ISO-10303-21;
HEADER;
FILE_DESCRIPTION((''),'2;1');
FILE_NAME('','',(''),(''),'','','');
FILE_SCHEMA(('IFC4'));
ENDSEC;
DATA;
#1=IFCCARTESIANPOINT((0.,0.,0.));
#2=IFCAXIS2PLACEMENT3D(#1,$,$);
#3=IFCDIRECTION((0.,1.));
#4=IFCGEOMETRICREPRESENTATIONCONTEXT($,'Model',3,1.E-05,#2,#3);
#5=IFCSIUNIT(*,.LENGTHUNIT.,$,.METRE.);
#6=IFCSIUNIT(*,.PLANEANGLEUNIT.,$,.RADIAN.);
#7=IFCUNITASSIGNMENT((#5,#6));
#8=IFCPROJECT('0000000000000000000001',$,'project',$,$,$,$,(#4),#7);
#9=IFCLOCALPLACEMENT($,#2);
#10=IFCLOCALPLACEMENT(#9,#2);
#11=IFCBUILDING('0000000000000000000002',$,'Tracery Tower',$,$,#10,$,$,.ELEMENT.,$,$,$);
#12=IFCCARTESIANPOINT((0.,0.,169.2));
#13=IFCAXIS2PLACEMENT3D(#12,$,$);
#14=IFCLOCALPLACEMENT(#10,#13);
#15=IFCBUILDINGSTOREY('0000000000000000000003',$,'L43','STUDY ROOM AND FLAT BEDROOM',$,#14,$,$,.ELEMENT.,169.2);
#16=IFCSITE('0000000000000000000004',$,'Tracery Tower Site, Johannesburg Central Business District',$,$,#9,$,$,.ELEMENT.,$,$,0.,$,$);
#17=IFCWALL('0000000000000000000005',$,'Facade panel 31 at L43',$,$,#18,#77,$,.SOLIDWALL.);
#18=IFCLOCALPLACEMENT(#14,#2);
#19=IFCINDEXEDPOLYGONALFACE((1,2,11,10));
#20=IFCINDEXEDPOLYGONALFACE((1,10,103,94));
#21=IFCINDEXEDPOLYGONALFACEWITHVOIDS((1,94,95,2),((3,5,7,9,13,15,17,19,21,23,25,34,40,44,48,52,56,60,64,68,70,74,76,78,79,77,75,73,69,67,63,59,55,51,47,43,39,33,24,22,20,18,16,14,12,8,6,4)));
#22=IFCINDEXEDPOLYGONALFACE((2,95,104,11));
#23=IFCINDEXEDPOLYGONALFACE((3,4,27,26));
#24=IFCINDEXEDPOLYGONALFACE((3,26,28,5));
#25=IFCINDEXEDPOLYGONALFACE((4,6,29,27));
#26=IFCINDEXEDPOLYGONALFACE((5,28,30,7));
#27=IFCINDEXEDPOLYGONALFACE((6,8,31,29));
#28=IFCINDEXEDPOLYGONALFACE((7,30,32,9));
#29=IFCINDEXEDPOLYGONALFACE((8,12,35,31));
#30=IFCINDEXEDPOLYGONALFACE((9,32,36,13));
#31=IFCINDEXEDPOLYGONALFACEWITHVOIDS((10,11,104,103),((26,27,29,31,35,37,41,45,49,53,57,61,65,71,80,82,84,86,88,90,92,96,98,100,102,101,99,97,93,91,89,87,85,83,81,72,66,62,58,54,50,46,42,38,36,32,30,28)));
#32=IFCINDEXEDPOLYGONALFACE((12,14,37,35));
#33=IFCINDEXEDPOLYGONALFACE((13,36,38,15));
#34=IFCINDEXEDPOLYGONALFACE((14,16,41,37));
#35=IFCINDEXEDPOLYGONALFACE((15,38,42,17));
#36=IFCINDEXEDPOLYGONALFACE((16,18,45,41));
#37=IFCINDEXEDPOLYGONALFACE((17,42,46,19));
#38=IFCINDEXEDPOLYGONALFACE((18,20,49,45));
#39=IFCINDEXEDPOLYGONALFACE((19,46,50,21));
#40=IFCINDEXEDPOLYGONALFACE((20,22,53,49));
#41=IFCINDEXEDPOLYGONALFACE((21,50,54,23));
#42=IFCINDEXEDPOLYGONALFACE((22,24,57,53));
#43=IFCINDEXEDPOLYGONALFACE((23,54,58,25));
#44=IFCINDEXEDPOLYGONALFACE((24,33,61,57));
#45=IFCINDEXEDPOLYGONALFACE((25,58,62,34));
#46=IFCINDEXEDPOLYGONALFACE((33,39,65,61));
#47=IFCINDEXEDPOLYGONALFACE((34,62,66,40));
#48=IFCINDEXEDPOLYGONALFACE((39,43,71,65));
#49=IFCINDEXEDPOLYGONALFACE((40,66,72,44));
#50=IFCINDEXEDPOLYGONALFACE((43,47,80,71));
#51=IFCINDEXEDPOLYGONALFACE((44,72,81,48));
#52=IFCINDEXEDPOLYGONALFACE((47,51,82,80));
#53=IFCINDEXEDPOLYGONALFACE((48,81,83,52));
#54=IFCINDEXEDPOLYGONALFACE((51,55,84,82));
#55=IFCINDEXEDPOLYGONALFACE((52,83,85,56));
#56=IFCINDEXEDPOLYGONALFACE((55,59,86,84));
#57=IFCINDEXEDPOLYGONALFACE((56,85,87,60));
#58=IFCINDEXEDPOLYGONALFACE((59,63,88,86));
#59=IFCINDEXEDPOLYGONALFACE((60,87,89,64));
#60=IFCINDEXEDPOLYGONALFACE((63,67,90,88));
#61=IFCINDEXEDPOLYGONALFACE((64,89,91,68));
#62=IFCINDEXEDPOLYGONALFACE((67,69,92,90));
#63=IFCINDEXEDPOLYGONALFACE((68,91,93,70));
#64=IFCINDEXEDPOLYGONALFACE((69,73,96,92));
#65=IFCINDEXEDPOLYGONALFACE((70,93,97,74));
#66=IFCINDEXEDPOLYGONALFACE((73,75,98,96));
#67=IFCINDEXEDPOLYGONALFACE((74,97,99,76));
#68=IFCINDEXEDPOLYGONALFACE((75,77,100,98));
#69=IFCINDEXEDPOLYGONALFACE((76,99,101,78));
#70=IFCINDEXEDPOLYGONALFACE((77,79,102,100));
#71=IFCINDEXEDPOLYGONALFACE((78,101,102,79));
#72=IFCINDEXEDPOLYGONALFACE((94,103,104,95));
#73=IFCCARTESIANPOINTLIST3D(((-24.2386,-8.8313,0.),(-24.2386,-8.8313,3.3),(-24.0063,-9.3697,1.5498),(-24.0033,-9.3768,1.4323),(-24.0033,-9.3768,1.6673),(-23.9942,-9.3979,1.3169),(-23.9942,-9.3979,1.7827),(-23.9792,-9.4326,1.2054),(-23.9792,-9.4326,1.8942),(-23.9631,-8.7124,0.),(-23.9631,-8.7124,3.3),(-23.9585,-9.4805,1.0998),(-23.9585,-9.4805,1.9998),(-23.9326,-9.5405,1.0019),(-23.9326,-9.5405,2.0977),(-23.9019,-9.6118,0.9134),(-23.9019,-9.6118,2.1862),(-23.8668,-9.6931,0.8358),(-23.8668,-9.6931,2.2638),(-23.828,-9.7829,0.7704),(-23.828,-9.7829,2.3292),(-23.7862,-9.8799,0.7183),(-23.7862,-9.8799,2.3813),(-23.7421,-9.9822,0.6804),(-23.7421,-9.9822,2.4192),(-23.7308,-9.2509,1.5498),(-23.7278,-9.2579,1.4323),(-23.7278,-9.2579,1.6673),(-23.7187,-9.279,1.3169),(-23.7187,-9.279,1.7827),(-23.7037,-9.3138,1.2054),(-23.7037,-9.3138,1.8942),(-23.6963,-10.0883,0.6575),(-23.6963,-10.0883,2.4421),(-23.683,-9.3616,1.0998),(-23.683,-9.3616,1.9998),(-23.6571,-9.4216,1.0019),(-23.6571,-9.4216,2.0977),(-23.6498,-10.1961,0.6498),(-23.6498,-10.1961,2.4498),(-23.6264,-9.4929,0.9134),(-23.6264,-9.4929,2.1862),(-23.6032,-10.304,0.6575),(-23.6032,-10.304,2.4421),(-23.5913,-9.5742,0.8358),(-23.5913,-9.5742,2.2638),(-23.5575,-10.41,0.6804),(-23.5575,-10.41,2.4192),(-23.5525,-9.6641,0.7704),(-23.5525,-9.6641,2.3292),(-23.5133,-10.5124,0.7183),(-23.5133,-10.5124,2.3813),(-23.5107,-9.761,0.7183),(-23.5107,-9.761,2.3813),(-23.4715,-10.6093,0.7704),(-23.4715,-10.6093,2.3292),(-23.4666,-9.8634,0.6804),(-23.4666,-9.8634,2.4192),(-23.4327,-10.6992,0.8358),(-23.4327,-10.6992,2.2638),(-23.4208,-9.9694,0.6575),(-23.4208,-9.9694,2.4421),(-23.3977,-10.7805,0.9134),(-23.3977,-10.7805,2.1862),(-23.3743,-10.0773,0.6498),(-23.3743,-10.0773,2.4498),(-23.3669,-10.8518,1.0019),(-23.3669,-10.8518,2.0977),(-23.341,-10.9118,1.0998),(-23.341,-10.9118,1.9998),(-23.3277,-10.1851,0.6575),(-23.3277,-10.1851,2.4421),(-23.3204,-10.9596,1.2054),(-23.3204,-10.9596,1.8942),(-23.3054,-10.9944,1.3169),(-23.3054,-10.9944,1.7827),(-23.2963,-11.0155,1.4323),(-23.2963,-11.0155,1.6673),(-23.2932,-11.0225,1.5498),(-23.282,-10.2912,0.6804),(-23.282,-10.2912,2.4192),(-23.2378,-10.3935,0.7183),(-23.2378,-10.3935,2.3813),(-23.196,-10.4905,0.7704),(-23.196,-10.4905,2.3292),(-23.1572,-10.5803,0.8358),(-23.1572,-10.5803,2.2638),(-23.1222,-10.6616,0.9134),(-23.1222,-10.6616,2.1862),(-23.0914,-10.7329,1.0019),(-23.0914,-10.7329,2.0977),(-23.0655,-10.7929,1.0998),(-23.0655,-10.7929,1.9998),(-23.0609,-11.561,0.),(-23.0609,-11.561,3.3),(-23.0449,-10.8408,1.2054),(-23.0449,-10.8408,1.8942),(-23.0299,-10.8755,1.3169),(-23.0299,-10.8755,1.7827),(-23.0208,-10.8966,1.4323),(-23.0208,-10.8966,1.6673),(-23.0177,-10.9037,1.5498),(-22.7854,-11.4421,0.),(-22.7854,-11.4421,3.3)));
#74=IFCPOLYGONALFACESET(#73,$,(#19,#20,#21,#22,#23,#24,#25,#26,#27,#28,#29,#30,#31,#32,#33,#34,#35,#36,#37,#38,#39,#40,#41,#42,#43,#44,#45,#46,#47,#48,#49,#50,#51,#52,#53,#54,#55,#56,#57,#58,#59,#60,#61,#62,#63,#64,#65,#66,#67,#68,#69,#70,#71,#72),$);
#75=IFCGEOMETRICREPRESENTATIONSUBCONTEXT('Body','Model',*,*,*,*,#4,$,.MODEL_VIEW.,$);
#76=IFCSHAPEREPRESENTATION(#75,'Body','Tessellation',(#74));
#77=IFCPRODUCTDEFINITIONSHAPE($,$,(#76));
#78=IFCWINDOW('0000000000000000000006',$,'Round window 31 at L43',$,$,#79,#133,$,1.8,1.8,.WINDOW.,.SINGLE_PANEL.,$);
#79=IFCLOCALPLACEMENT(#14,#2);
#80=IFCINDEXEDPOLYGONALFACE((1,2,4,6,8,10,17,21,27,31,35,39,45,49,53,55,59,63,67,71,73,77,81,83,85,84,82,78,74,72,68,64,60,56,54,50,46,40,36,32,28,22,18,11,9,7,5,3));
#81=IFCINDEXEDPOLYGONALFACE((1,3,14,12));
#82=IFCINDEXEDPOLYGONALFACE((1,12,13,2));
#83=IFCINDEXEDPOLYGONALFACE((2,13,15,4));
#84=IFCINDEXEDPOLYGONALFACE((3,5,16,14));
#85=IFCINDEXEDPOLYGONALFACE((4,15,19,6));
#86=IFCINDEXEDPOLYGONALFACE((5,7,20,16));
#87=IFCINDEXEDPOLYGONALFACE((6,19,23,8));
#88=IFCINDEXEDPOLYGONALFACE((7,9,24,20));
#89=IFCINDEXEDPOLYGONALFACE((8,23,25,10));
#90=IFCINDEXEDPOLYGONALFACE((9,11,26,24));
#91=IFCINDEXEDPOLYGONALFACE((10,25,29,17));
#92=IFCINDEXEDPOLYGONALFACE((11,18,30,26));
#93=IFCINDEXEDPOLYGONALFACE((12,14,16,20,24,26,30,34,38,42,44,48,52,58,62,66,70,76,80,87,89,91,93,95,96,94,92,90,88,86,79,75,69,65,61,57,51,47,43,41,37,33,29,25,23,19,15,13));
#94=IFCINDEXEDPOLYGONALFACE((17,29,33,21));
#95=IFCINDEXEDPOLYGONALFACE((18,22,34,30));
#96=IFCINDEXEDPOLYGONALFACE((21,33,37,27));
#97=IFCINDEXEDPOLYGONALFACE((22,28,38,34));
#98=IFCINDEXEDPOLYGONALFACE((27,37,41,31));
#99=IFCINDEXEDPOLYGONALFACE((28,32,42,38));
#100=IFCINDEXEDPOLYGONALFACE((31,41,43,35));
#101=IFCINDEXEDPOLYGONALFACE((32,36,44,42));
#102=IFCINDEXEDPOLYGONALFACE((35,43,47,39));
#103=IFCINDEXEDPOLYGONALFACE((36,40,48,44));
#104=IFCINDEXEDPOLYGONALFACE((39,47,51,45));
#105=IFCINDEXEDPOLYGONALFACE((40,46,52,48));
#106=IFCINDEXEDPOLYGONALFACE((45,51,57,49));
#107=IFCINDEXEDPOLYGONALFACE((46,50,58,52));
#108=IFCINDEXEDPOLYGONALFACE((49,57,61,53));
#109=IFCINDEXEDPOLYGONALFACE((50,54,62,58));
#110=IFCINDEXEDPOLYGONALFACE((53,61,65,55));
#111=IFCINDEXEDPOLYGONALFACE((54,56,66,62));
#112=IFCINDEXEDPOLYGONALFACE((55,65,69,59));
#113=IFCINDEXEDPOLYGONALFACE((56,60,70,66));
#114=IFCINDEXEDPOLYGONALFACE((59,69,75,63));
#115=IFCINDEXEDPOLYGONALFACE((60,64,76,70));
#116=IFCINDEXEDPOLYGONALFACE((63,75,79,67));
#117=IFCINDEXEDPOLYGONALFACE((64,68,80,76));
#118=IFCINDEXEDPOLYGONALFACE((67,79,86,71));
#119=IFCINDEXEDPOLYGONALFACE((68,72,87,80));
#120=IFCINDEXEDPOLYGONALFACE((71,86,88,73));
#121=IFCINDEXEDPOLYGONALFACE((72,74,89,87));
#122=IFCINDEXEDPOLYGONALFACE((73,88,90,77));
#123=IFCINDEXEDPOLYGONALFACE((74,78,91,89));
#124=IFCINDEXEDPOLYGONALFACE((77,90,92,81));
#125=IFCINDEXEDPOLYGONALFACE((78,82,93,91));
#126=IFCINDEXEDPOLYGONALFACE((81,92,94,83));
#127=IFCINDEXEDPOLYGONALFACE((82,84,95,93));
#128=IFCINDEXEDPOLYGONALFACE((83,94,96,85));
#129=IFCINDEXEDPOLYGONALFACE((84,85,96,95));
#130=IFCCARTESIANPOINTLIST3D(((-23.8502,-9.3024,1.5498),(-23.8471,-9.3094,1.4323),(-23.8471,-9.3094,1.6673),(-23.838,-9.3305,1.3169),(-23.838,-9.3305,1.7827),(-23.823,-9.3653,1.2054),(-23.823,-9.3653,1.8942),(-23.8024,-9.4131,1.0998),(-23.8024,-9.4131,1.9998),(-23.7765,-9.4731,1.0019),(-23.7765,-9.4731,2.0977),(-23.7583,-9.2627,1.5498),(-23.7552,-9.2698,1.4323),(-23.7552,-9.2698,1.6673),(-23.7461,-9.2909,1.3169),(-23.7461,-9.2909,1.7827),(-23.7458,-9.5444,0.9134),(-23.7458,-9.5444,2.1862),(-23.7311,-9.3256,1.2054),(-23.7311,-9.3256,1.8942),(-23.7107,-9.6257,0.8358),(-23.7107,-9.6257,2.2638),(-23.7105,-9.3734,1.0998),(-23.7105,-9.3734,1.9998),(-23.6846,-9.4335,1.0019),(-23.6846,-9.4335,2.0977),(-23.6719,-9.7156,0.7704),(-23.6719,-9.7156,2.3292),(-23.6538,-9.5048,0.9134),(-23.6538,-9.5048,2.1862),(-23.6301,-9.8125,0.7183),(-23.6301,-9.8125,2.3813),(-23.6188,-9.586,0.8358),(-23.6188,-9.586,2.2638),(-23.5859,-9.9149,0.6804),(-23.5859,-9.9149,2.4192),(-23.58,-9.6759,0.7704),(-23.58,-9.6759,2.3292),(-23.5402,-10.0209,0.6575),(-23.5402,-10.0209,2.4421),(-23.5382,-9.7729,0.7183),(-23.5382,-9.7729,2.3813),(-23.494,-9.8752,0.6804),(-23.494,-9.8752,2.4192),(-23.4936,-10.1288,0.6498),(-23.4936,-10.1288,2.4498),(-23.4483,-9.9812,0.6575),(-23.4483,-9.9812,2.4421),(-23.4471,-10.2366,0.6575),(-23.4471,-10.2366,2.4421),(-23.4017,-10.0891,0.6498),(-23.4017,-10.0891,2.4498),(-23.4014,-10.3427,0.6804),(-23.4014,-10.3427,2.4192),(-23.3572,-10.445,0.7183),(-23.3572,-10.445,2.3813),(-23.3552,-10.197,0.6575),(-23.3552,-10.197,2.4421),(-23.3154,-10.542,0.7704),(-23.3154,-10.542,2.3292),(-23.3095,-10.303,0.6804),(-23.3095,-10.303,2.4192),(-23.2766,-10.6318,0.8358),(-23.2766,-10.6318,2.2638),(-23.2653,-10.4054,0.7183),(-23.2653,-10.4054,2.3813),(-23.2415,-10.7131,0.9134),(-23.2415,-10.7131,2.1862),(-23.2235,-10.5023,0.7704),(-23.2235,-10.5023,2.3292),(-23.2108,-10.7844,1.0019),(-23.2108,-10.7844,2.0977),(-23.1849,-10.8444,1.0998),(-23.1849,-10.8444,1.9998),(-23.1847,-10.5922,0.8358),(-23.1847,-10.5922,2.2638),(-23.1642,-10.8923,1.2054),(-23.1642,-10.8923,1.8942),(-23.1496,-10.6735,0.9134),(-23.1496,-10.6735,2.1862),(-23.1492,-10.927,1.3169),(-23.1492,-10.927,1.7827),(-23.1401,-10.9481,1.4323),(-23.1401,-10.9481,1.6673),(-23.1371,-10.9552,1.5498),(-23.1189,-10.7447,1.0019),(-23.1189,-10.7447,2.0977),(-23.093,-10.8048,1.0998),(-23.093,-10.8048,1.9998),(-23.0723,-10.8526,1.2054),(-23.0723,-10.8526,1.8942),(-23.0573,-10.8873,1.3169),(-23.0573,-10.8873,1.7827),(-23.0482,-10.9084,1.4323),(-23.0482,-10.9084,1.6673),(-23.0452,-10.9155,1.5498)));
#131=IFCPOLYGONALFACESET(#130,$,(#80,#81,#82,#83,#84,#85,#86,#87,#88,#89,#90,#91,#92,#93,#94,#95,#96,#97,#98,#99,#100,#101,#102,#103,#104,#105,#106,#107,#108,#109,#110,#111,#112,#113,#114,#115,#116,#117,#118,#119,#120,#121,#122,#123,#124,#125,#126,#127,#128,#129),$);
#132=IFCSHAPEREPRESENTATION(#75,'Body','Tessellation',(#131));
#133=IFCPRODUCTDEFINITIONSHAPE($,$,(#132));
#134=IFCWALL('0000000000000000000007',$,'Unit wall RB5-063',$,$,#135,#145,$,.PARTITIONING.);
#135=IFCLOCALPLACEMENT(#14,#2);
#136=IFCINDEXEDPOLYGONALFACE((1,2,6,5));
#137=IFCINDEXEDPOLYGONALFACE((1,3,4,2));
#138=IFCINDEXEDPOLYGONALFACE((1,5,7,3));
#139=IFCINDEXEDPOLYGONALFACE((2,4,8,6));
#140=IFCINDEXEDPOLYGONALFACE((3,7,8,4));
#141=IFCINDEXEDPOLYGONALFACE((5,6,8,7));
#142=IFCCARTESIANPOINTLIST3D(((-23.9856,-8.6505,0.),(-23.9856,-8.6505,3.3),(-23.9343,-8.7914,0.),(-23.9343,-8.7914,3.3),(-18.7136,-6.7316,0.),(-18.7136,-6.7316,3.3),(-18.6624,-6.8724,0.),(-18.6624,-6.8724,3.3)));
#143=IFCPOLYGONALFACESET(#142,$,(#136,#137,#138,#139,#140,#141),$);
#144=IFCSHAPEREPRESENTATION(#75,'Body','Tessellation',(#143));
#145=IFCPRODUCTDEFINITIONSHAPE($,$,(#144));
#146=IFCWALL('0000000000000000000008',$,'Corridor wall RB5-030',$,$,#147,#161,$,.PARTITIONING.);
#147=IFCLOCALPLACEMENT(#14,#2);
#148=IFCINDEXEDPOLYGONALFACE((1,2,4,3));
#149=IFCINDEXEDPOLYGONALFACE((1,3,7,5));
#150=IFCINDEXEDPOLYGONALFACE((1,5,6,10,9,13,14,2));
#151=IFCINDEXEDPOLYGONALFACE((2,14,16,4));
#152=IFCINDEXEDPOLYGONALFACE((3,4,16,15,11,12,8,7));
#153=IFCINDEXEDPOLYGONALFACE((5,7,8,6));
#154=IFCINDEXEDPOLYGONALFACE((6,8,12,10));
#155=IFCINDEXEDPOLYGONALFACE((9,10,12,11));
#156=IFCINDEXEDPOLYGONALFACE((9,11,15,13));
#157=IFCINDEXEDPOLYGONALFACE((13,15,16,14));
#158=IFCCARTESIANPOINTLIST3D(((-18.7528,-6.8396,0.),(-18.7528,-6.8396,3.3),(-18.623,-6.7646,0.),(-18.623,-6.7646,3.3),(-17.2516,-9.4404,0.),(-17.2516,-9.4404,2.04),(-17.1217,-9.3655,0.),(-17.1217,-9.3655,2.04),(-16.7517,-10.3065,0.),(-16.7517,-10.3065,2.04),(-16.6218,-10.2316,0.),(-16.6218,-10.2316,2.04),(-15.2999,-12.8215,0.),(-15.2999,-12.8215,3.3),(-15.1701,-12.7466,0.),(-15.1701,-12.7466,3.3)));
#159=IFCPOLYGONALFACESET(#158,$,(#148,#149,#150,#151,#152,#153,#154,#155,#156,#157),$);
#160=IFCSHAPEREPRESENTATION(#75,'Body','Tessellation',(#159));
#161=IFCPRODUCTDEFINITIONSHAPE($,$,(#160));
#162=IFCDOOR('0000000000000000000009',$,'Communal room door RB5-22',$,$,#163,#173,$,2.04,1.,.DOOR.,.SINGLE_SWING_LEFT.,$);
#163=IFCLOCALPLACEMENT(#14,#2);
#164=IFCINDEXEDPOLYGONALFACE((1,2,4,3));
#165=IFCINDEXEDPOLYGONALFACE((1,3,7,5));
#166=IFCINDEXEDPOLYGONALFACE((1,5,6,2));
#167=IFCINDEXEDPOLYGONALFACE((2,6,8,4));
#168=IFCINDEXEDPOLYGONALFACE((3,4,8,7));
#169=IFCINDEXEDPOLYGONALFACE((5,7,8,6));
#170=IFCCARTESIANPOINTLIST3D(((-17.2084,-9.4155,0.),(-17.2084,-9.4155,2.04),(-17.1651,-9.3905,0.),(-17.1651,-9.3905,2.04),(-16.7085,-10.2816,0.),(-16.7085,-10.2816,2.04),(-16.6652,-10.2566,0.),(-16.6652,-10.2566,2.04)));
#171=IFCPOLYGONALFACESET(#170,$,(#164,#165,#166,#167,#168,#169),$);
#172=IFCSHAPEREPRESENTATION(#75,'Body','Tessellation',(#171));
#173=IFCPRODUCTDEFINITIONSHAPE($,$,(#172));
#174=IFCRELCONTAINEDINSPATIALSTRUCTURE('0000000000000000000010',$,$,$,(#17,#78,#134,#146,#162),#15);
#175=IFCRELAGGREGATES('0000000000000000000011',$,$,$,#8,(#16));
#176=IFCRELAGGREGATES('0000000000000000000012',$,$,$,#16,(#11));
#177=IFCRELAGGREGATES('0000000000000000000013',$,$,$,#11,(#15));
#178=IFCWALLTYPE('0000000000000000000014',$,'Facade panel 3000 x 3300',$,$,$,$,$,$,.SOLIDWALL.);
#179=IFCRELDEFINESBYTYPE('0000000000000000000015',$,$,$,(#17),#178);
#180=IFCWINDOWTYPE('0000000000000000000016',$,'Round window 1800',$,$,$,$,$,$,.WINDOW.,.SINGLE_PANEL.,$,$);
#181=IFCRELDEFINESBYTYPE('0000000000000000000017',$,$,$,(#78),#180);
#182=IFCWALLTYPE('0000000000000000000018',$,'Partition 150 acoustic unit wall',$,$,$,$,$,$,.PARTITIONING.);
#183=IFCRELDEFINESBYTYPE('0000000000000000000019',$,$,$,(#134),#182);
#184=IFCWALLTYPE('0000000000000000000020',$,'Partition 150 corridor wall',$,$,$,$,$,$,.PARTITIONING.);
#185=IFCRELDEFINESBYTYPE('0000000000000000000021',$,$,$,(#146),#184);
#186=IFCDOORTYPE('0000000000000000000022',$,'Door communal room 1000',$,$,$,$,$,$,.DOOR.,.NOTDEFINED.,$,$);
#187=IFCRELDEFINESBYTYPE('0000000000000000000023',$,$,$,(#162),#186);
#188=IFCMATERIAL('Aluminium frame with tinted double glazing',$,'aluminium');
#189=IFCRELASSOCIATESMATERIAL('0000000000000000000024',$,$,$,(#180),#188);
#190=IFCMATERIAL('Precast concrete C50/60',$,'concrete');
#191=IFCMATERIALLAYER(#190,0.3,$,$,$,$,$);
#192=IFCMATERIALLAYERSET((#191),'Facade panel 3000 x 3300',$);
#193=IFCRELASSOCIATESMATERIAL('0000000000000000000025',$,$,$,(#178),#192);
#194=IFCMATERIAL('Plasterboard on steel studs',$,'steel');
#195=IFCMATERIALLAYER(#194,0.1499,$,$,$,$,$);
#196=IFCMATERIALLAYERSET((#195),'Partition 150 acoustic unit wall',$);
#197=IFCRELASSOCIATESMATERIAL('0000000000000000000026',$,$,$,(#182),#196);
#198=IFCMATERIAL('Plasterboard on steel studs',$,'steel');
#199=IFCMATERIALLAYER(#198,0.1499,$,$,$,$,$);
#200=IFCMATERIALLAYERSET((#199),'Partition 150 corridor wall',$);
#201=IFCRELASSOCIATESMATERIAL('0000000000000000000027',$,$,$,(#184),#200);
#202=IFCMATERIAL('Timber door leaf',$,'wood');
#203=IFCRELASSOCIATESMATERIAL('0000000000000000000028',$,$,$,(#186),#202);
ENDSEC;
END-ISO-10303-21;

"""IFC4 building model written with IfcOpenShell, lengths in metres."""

from ifc_helpers import new_model, si_unit, direction, frame, frame_2d, origin, origin_2d, place, context, subcontext, project, spatial, rectangle, circle, extrude, material, layer, layer_set, type_object, element, fill, save


model = new_model("IFC4")

# Units and contexts
model_context = context("Model", 3, precision=1e-05, world=origin(), true_north=direction((0.0, 1.0)))
body_context = subcontext(model_context, "Body", "Model", "MODEL_VIEW")
ifc_project = project(units=[si_unit("LENGTHUNIT", "METRE"), si_unit("PLANEANGLEUNIT", "RADIAN")], contexts=[model_context])

# Site, building, storey
site_placement = place(None, origin())
site = spatial("IfcSite", under=ifc_project, at=site_placement, Name="Tracery Tower Site, Johannesburg Central Business District", CompositionType="ELEMENT", RefElevation=0.0)
building_placement = place(site_placement, origin())
building = spatial("IfcBuilding", under=site, at=building_placement, Name="Tracery Tower", CompositionType="ELEMENT")
storey_placement = place(building_placement, frame((0.0, 0.0, 169.2)))
storey = spatial("IfcBuildingStorey", under=building, at=storey_placement, Name="L43", Description="STUDY ROOM AND FLAT BEDROOM", CompositionType="ELEMENT", Elevation=169.2)

# Wall, opening, window
ifc_material_1 = material(Name="Aluminium frame with tinted double glazing", Category="aluminium")
window_type = type_object("IfcWindowType", Name="Round window 1800", PartitioningType="SINGLE_PANEL", PredefinedType="WINDOW", material=ifc_material_1)
ifc_material_2 = material(Name="Precast concrete C50/60", Category="concrete")
ifc_layer_1 = layer(ifc_material_2, 0.3)
ifc_layer_set_1 = layer_set([ifc_layer_1], Name="Facade panel 3000 x 3300")
wall_type_1 = type_object("IfcWallType", Name="Facade panel 3000 x 3300", PredefinedType="SOLIDWALL", material=ifc_layer_set_1)
wall_1_placement = place(storey_placement, frame((-24.1008, -8.772, 0.0), z_axis=(0.0, 0.0, 1.0), x_axis=(0.396148, -0.918187, 0.0)))
wall_1 = element("IfcWall", 1, at=wall_1_placement, inside=storey, type_object=wall_type_1, Name="Facade panel 31 at L43", PredefinedType="SOLIDWALL", context=body_context, shape_type="SweptSolid", body=[
    extrude(rectangle(XDim=2.9729, YDim=0.3, at=frame_2d((1.4863, 0.0))), origin(), (0.0, 0.0, 1.0), 3.3),
])
opening_1_placement = place(wall_1_placement, frame((1.4863, 0.0, 1.5498)))
opening_1 = element("IfcOpeningElement", 2, at=opening_1_placement, cuts=wall_1, PredefinedType="OPENING", context=body_context, shape_type="SweptSolid", body=[
    extrude(circle(Radius=0.9, at=origin_2d()), frame((0.0, 0.1599, 0.0), z_axis=(0.0, -1.0, 0.0), x_axis=(1.0, 0.0, 0.0)), (0.0, 0.0, 1.0), 0.3201),
])
window_1_placement = place(opening_1_placement, origin())
window_1 = element("IfcWindow", 3, at=window_1_placement, inside=storey, type_object=window_type, Name="Round window 31 at L43", OverallHeight=1.8, OverallWidth=1.8, PartitioningType="SINGLE_PANEL", PredefinedType="WINDOW", context=body_context, shape_type="SweptSolid", body=[
    extrude(circle(Radius=0.9, at=origin_2d()), frame((0.0, 0.1201, 0.0), z_axis=(0.0, -1.0, 0.0), x_axis=(1.0, 0.0, 0.0)), (0.0, 0.0, 1.0), 0.1001),
])
fill(opening_1, window_1)

# Wall
ifc_material_3 = material(Name="Plasterboard on steel studs", Category="steel")
ifc_layer_2 = layer(ifc_material_3, 0.1499)
ifc_layer_set_2 = layer_set([ifc_layer_2], Name="Partition 150 acoustic unit wall")
wall_type_2 = type_object("IfcWallType", Name="Partition 150 acoustic unit wall", PredefinedType="PARTITIONING", material=ifc_layer_set_2)
wall_2_placement = place(storey_placement, frame((-23.96, -8.7209, 0.0), z_axis=(0.0, 0.0, 1.0), x_axis=(0.939687, 0.342037, 0.0)))
element("IfcWall", 4, at=wall_2_placement, inside=storey, type_object=wall_type_2, Name="Unit wall RB5-063", PredefinedType="PARTITIONING", context=body_context, shape_type="SweptSolid", body=[
    extrude(rectangle(XDim=5.6104, YDim=0.1499, at=frame_2d((2.8052, 0.0))), origin(), (0.0, 0.0, 1.0), 3.3),
])

# Wall, opening, door
ifc_material_4 = material(Name="Plasterboard on steel studs", Category="steel")
ifc_layer_3 = layer(ifc_material_4, 0.1499)
ifc_layer_set_3 = layer_set([ifc_layer_3], Name="Partition 150 corridor wall")
wall_type_3 = type_object("IfcWallType", Name="Partition 150 corridor wall", PredefinedType="PARTITIONING", material=ifc_layer_set_3)
wall_3_placement = place(storey_placement, frame((-18.688, -6.802, 0.0), z_axis=(0.0, 0.0, 1.0), x_axis=(0.499914, -0.866075, 0.0)))
wall_3 = element("IfcWall", 5, at=wall_3_placement, inside=storey, type_object=wall_type_3, Name="Corridor wall RB5-030", PredefinedType="PARTITIONING", context=body_context, shape_type="SweptSolid", body=[
    extrude(rectangle(XDim=6.907, YDim=0.1499, at=frame_2d((3.4536, 0.0))), origin(), (0.0, 0.0, 1.0), 3.3),
])
opening_2_placement = place(wall_3_placement, frame((3.0032, 0.0, 0.0)))
opening_2 = element("IfcOpeningElement", 6, at=opening_2_placement, cuts=wall_3, PredefinedType="OPENING", context=body_context, shape_type="SweptSolid", body=[
    extrude(rectangle(XDim=1.0, YDim=2.04, at=frame_2d((0.5, 1.02))), frame((0.0, 0.075, 0.0), z_axis=(0.0, -1.0, 0.0), x_axis=(1.0, 0.0, 0.0)), (0.0, 0.0, 1.0), 0.1499),
])
ifc_material_5 = material(Name="Timber door leaf", Category="wood")
door_type_1 = type_object("IfcDoorType", Name="Door communal room 1000", OperationType="NOTDEFINED", PredefinedType="DOOR", material=ifc_material_5)
door_1_placement = place(opening_2_placement, origin())
door_1 = element("IfcDoor", 7, at=door_1_placement, inside=storey, type_object=door_type_1, Name="Communal room door RB5-22", OperationType="SINGLE_SWING_LEFT", OverallHeight=2.04, OverallWidth=1.0, PredefinedType="DOOR", context=body_context, shape_type="SweptSolid", body=[
    extrude(rectangle(XDim=1.0, YDim=2.04, at=frame_2d((0.5, 1.02))), frame((0.0, 0.0249, 0.0), z_axis=(0.0, -1.0, 0.0), x_axis=(1.0, 0.0, 0.0)), (0.0, 0.0, 1.0), 0.05),
])
fill(opening_2, door_1)

save(model, "model.ifc")
